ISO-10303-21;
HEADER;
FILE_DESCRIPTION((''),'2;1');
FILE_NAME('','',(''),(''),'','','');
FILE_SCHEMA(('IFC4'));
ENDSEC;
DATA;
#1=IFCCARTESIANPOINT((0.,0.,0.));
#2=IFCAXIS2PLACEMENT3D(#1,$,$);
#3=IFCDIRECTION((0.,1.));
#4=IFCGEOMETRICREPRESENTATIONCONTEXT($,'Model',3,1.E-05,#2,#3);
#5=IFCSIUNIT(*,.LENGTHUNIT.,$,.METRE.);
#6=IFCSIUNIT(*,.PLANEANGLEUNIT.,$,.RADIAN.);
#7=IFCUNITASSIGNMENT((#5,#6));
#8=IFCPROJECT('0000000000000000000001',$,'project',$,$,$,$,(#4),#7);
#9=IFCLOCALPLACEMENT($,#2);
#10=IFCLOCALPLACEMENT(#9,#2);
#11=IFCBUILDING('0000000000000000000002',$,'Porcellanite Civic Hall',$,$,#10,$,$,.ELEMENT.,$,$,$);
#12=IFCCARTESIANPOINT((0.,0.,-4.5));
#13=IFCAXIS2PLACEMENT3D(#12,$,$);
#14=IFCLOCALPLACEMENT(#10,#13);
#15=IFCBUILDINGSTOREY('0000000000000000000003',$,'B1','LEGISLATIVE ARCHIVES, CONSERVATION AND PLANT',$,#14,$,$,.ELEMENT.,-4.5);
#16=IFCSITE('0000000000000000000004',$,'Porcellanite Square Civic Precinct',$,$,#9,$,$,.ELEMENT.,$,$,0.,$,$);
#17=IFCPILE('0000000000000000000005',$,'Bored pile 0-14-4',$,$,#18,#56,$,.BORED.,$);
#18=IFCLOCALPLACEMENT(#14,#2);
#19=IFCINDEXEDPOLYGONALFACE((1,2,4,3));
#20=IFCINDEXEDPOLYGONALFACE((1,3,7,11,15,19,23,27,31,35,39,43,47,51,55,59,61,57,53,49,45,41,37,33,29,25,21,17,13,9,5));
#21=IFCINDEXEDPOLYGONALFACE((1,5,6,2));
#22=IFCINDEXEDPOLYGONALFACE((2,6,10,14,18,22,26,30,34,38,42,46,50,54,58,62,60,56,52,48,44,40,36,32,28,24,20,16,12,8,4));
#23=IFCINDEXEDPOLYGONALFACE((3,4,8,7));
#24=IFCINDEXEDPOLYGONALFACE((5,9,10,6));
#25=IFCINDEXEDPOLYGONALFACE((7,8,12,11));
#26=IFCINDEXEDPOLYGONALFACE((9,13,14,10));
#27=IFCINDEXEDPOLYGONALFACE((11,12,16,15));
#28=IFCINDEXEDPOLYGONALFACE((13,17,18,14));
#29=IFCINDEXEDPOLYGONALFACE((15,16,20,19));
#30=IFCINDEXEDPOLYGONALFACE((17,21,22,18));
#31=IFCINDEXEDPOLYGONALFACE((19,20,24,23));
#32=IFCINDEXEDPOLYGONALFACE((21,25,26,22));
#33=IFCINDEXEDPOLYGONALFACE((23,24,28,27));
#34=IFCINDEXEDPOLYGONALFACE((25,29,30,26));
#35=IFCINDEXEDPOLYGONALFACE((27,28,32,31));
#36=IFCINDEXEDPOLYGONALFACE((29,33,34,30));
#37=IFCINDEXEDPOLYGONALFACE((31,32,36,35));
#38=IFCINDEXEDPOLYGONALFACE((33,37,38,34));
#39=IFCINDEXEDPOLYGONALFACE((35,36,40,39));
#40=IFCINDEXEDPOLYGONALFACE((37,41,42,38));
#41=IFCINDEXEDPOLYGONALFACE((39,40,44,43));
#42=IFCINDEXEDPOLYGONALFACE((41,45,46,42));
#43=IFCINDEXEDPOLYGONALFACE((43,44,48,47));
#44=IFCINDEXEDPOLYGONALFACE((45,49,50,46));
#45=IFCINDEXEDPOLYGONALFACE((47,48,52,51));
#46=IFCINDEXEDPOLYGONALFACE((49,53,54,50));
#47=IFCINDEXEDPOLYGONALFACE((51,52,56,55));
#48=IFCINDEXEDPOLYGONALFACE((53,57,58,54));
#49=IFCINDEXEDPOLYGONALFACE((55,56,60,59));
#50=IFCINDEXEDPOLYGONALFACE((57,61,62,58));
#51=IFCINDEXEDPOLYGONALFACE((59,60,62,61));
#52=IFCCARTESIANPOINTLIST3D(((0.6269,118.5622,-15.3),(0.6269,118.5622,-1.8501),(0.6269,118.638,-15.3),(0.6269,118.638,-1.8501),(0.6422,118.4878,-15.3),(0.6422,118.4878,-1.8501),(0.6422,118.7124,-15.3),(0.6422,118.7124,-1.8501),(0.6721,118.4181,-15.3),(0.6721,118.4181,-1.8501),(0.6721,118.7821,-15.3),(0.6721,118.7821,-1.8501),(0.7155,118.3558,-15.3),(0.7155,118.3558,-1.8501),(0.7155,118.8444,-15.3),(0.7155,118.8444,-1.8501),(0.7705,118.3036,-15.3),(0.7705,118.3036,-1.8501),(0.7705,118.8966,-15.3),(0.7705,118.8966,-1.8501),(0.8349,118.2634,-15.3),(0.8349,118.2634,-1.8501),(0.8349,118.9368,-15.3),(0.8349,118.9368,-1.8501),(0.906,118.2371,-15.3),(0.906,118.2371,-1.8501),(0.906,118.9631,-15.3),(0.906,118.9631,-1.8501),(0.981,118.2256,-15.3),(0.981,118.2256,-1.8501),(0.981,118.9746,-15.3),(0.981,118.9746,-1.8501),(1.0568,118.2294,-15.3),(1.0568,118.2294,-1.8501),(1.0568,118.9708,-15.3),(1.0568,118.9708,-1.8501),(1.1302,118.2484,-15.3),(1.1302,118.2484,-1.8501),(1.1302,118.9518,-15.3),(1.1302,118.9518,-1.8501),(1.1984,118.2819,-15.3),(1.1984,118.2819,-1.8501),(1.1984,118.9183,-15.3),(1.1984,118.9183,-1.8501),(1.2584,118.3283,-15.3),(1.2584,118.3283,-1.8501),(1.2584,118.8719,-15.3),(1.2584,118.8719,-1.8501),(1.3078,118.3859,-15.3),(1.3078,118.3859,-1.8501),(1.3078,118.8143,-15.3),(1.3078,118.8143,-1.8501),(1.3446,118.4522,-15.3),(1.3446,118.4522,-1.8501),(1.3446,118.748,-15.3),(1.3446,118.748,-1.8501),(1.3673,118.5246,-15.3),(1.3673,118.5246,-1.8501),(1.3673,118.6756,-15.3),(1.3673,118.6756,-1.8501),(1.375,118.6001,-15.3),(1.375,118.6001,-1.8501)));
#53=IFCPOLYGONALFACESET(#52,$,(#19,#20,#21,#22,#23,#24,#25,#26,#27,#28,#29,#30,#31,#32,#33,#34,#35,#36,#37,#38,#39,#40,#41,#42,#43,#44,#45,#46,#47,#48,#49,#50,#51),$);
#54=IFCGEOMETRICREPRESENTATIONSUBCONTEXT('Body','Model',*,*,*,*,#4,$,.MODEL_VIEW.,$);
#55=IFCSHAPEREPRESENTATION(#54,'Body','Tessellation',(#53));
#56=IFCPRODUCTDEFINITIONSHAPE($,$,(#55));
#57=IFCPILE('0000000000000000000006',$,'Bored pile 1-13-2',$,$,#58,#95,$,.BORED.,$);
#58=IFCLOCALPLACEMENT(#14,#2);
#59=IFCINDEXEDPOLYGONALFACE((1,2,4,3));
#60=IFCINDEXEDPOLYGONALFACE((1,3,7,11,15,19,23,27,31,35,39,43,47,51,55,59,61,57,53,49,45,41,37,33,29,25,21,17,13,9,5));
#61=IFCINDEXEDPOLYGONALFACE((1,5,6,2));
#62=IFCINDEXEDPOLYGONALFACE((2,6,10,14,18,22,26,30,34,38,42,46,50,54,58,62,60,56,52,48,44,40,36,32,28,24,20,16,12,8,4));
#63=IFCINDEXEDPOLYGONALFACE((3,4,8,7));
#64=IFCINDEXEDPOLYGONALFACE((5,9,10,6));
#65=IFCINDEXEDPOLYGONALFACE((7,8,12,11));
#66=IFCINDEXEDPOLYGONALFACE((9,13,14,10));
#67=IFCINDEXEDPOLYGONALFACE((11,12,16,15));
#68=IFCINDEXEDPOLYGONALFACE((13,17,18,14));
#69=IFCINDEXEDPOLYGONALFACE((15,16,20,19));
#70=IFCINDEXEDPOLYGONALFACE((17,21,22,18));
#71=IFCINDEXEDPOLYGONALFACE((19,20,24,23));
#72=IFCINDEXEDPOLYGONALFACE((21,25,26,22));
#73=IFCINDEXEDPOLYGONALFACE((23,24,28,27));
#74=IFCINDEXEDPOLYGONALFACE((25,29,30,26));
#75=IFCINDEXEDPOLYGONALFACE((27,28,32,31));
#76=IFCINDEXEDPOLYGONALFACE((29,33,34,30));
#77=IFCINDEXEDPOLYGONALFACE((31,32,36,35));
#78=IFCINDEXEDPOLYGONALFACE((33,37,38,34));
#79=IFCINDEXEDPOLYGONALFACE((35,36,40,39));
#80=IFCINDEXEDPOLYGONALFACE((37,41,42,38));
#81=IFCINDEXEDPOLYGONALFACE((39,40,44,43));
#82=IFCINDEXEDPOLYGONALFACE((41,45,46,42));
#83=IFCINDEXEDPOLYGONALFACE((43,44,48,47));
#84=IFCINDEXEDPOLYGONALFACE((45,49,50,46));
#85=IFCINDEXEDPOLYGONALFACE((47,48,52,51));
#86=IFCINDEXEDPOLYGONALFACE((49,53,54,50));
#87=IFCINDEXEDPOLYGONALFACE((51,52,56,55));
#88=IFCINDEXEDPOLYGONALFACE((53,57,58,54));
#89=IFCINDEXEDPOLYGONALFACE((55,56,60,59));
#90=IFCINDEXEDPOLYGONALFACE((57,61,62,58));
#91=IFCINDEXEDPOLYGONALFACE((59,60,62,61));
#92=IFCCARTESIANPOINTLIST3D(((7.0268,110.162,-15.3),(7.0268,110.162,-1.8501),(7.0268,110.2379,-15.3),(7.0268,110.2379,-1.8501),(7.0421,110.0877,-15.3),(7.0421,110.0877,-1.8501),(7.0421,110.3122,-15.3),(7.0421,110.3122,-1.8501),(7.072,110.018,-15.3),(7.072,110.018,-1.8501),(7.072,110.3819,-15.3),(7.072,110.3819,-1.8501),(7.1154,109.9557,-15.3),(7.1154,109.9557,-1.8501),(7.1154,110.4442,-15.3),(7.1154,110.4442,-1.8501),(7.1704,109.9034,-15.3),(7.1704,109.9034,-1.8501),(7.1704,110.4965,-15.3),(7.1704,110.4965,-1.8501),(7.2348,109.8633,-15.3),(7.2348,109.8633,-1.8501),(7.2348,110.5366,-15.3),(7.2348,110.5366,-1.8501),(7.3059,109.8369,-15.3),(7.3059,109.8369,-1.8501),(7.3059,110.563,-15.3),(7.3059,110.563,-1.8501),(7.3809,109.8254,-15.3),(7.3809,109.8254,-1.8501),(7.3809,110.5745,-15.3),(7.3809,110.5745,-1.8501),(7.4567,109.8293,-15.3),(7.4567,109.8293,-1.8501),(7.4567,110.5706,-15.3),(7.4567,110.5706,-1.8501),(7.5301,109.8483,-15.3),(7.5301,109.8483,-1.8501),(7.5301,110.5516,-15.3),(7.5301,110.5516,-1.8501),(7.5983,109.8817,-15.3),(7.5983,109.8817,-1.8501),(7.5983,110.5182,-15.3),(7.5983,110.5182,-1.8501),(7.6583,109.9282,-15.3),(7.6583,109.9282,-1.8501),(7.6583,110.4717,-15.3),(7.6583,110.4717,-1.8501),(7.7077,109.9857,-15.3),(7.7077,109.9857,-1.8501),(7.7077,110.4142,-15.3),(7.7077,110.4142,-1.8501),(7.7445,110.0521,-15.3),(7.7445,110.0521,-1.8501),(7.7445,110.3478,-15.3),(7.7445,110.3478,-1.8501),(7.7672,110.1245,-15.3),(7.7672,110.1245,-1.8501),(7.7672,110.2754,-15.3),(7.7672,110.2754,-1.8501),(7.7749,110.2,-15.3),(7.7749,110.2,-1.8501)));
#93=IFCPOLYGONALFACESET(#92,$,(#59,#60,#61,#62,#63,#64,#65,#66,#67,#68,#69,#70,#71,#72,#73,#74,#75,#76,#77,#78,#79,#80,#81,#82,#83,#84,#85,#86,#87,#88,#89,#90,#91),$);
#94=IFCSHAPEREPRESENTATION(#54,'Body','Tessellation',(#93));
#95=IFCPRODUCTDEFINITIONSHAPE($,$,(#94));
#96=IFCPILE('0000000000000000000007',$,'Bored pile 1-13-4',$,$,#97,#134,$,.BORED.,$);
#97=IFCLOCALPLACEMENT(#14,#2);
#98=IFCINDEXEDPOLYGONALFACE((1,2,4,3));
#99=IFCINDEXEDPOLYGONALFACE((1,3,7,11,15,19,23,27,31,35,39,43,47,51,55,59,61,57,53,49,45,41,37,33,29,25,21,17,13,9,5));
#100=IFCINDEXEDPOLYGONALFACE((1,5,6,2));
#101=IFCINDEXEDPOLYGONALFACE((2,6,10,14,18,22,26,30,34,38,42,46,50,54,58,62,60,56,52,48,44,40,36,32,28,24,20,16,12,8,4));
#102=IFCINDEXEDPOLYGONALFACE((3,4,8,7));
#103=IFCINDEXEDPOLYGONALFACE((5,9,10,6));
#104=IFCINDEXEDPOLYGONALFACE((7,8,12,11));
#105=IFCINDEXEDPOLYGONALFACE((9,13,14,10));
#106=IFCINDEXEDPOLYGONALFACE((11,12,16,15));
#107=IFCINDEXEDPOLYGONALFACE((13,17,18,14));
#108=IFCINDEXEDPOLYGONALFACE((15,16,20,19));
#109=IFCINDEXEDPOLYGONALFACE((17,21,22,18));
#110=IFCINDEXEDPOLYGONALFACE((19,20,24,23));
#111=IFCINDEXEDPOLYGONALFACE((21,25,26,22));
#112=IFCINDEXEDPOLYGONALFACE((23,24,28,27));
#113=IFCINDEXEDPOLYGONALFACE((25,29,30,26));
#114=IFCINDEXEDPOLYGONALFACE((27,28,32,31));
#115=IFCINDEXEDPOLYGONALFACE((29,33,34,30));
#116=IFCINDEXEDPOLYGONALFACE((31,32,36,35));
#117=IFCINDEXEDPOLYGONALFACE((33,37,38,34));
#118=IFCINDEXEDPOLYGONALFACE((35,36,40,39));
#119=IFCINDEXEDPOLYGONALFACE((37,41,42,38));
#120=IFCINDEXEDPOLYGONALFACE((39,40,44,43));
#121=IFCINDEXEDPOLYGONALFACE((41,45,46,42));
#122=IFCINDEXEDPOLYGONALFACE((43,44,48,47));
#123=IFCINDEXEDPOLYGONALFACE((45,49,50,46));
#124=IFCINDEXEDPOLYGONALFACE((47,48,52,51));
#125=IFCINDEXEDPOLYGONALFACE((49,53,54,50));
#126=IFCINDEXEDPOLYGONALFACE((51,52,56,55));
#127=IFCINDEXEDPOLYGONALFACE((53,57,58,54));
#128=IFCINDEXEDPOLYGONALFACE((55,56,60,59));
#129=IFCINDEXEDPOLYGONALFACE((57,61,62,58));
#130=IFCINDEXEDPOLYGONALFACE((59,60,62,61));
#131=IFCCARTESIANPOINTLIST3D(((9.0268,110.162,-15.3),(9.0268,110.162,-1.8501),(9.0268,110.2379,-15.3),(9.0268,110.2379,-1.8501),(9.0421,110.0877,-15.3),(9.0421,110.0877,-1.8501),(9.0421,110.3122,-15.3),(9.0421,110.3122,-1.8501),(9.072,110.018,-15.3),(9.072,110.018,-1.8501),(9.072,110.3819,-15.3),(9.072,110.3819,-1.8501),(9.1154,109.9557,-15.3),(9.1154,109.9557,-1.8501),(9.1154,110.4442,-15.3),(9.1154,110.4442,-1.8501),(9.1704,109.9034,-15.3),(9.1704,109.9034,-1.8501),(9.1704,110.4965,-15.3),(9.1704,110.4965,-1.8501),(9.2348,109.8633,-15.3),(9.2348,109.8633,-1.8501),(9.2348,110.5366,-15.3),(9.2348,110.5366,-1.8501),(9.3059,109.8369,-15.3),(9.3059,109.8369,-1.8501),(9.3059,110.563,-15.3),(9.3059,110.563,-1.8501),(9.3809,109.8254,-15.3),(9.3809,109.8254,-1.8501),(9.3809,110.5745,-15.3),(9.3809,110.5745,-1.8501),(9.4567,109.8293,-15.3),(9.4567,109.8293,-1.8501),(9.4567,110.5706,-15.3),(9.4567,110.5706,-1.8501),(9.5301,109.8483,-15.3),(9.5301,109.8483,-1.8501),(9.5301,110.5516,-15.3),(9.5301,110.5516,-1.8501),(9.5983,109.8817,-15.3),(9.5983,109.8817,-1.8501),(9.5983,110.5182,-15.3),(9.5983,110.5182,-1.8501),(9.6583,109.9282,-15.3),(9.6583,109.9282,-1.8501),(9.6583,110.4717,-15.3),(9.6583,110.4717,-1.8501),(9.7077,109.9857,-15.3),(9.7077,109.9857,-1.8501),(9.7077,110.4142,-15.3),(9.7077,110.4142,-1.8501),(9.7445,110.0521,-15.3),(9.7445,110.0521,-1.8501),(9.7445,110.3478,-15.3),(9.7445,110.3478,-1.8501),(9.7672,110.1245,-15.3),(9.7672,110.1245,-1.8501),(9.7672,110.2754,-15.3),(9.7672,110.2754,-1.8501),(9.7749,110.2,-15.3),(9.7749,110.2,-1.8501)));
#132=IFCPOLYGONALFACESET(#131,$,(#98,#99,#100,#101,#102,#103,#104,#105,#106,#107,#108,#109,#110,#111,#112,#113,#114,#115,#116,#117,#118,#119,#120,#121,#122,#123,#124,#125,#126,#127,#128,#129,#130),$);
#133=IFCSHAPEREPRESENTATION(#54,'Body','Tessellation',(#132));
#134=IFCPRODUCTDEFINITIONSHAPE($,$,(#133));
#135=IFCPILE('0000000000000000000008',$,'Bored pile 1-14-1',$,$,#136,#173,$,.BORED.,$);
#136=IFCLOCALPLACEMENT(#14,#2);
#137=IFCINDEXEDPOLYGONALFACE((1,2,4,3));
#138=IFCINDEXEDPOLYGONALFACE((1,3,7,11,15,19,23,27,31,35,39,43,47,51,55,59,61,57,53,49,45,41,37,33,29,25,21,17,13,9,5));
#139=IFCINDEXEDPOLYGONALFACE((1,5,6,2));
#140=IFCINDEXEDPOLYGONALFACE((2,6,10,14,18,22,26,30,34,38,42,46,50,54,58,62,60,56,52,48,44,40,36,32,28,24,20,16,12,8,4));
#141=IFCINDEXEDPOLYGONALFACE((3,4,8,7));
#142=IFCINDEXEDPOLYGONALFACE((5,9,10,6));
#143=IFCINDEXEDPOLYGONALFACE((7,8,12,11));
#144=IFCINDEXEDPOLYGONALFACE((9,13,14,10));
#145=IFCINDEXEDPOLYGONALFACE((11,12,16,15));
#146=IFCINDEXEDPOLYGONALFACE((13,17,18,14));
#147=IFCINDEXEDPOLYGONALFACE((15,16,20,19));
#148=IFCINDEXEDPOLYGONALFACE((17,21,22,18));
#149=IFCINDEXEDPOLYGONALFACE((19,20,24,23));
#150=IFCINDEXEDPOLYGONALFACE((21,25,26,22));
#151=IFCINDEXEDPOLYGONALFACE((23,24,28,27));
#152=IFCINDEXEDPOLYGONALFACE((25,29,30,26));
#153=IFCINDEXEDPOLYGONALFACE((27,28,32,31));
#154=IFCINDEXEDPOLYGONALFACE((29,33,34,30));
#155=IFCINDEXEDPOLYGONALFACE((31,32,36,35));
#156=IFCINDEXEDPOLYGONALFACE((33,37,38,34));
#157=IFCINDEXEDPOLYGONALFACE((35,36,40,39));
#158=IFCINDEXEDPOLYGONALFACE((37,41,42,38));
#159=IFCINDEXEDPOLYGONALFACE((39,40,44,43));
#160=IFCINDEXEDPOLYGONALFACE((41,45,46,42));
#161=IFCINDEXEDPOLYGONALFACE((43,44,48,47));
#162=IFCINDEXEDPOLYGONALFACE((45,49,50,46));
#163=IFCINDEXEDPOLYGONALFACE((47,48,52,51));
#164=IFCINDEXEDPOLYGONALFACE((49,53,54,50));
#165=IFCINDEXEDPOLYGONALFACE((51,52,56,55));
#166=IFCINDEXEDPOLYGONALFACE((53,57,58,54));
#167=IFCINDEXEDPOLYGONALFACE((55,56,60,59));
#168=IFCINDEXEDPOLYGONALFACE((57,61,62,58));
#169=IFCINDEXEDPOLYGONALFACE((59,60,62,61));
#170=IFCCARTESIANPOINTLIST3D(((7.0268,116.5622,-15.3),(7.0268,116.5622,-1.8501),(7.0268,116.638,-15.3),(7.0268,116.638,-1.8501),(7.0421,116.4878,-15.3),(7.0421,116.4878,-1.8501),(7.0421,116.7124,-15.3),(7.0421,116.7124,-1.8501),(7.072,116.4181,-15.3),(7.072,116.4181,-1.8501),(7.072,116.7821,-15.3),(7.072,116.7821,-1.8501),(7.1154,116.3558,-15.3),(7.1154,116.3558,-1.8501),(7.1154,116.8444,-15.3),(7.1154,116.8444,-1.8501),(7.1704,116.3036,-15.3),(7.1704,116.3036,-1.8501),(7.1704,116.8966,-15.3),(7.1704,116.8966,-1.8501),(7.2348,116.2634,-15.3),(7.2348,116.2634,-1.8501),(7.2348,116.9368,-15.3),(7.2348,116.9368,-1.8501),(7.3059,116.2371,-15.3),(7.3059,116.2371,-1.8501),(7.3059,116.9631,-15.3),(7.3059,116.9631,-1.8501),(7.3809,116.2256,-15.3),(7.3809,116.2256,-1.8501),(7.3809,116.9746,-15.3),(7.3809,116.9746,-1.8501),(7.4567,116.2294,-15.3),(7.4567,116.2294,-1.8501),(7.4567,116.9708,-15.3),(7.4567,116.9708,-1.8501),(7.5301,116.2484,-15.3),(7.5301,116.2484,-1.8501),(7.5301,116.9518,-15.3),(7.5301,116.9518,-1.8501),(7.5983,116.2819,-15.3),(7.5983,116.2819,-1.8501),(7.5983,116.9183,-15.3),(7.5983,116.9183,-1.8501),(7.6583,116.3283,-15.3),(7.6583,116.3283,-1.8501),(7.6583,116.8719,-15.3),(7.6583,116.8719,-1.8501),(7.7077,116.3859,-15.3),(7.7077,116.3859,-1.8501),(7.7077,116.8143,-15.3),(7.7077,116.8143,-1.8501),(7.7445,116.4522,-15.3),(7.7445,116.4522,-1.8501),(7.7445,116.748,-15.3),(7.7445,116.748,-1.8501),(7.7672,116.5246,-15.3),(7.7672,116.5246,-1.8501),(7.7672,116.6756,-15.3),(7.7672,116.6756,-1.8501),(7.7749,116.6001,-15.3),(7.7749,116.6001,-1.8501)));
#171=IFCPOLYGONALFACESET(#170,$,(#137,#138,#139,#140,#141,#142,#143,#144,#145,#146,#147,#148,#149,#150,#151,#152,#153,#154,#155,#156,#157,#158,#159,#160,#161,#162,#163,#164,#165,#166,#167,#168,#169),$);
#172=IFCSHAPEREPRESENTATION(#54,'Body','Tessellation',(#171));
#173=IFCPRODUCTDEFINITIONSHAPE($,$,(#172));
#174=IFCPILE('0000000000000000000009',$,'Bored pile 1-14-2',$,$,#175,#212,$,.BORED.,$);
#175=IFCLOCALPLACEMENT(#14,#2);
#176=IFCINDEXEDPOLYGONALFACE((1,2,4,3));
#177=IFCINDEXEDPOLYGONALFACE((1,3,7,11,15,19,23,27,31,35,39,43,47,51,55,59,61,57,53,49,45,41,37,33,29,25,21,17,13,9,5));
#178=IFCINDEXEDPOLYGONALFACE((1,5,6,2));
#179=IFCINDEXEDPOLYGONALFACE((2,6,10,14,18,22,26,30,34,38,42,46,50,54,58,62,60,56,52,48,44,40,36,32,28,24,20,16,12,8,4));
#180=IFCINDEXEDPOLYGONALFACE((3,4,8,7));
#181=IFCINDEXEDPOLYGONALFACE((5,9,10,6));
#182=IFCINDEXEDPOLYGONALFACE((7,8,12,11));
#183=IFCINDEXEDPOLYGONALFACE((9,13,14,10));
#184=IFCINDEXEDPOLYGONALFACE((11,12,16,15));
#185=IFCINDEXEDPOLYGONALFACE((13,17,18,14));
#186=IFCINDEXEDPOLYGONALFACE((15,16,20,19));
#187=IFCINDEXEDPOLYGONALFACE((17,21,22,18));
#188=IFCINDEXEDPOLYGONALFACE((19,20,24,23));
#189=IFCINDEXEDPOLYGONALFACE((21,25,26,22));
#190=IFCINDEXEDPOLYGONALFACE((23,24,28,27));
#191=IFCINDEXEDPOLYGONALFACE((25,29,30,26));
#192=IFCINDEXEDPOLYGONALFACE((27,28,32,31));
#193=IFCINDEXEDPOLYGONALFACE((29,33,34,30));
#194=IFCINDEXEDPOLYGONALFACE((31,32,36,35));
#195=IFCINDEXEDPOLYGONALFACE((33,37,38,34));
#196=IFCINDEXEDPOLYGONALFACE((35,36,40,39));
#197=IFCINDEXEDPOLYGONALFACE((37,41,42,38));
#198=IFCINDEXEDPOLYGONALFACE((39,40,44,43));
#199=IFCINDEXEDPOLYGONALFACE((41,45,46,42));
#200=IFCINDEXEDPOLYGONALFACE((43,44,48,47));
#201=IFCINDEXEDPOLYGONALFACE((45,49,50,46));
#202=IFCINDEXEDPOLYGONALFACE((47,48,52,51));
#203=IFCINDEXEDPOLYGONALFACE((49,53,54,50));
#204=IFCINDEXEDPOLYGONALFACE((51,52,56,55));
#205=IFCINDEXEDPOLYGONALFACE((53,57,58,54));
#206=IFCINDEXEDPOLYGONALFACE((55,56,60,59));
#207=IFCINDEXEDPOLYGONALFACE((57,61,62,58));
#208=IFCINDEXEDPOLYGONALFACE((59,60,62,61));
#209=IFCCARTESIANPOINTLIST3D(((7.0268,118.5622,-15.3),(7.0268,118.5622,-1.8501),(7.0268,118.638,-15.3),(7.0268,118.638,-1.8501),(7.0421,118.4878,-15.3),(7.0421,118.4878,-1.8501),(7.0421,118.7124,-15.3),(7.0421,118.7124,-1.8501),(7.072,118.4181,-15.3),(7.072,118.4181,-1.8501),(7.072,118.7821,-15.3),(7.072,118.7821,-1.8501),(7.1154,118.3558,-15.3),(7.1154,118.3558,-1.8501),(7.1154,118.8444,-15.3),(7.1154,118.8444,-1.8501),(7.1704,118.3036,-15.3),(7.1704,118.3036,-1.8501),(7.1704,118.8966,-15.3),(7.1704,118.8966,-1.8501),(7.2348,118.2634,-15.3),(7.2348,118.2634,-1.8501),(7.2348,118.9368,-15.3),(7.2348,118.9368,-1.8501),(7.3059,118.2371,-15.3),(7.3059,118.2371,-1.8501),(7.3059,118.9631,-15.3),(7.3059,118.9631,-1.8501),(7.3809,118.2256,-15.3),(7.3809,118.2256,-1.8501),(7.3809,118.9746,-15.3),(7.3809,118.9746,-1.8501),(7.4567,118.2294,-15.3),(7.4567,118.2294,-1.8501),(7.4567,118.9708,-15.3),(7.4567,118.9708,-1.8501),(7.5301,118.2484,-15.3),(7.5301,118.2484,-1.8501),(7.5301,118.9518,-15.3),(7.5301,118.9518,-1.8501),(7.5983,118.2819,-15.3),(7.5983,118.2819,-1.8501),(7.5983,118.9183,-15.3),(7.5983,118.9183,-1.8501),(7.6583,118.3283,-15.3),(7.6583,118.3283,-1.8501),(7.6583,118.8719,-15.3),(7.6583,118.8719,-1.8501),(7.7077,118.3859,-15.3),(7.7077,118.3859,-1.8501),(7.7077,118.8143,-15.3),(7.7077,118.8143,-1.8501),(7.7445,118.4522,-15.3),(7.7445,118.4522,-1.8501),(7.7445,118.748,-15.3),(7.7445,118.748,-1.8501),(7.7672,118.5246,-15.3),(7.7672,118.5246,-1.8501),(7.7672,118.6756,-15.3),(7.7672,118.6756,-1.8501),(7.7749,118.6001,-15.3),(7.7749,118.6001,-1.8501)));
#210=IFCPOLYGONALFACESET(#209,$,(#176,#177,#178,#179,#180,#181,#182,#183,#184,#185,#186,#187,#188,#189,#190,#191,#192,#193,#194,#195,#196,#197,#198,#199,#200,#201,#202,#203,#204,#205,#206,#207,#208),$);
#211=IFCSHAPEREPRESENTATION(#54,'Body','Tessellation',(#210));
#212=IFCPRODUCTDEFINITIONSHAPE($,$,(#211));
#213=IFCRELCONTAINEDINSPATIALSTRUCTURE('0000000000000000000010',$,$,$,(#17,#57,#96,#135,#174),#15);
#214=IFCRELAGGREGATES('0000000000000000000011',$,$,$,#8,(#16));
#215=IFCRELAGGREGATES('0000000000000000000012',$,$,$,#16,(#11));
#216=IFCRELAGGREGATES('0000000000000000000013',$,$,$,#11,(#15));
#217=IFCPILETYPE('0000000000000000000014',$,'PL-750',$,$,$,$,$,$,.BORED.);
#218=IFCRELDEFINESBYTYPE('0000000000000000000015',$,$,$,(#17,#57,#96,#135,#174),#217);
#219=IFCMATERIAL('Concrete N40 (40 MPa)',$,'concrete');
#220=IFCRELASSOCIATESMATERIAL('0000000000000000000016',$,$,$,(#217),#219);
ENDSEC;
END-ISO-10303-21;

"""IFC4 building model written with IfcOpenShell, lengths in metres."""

from ifc_helpers import new_model, si_unit, direction, frame, origin, origin_2d, place, context, subcontext, project, spatial, circle, extrude, material, material_profile, profile_set, type_object, element, save


model = new_model("IFC4")

# Units and contexts
model_context = context("Model", 3, precision=1e-05, world=origin(), true_north=direction((0.0, 1.0)))
body_context = subcontext(model_context, "Body", "Model", "MODEL_VIEW")
ifc_project = project(units=[si_unit("LENGTHUNIT", "METRE"), si_unit("PLANEANGLEUNIT", "RADIAN")], contexts=[model_context])

# Site, building, storey
site_placement = place(None, origin())
site = spatial("IfcSite", under=ifc_project, at=site_placement, Name="Porcellanite Square Civic Precinct", CompositionType="ELEMENT", RefElevation=0.0)
building_placement = place(site_placement, origin())
building = spatial("IfcBuilding", under=site, at=building_placement, Name="Porcellanite Civic Hall", CompositionType="ELEMENT")
storey_placement = place(building_placement, frame((0.0, 0.0, -4.5)))
storey = spatial("IfcBuildingStorey", under=building, at=storey_placement, Name="B1", Description="LEGISLATIVE ARCHIVES, CONSERVATION AND PLANT", CompositionType="ELEMENT", Elevation=-4.5)

# Piles
ifc_material_1 = material(Name="Concrete N40 (40 MPa)", Category="concrete")
ifc_material_profile_1 = material_profile(ifc_material_1, circle(Radius=0.375, at=origin_2d()), Name="PILE-D750")
ifc_profile_set_1 = profile_set([ifc_material_profile_1], Name="Concrete N40 (40 MPa)")
pile_type_1 = type_object("IfcPileType", Name="PL-750", PredefinedType="BORED", material=ifc_profile_set_1)
for number, where, z_axis, x_axis, name in (
    (1, (1.0, 118.6001, -1.8501), (0.0, 0.0, -1.0), (1.0, 0.0, 0.0), "Bored pile 0-14-4"),
    (2, (7.3999, 110.2, -1.8501), (0.0, 0.0, -1.0), (1.0, 0.0, 0.0), "Bored pile 1-13-2"),
    (3, (9.3999, 110.2, -1.8501), (0.0, 0.0, -1.0), (1.0, 0.0, 0.0), "Bored pile 1-13-4"),
    (4, (7.3999, 116.6001, -1.8501), (0.0, 0.0, -1.0), (1.0, 0.0, 0.0), "Bored pile 1-14-1"),
    (5, (7.3999, 118.6001, -1.8501), (0.0, 0.0, -1.0), (1.0, 0.0, 0.0), "Bored pile 1-14-2"),
):
    element("IfcPile", number, at=place(storey_placement, frame(where, z_axis=z_axis, x_axis=x_axis)), inside=storey, type_object=pile_type_1, Name=name, PredefinedType="BORED", context=body_context, shape_type="SweptSolid", body=[
        extrude(circle(Radius=0.375, at=origin_2d()), origin(), (0.0, 0.0, 1.0), 13.45),
    ])

save(model, "model.ifc")
